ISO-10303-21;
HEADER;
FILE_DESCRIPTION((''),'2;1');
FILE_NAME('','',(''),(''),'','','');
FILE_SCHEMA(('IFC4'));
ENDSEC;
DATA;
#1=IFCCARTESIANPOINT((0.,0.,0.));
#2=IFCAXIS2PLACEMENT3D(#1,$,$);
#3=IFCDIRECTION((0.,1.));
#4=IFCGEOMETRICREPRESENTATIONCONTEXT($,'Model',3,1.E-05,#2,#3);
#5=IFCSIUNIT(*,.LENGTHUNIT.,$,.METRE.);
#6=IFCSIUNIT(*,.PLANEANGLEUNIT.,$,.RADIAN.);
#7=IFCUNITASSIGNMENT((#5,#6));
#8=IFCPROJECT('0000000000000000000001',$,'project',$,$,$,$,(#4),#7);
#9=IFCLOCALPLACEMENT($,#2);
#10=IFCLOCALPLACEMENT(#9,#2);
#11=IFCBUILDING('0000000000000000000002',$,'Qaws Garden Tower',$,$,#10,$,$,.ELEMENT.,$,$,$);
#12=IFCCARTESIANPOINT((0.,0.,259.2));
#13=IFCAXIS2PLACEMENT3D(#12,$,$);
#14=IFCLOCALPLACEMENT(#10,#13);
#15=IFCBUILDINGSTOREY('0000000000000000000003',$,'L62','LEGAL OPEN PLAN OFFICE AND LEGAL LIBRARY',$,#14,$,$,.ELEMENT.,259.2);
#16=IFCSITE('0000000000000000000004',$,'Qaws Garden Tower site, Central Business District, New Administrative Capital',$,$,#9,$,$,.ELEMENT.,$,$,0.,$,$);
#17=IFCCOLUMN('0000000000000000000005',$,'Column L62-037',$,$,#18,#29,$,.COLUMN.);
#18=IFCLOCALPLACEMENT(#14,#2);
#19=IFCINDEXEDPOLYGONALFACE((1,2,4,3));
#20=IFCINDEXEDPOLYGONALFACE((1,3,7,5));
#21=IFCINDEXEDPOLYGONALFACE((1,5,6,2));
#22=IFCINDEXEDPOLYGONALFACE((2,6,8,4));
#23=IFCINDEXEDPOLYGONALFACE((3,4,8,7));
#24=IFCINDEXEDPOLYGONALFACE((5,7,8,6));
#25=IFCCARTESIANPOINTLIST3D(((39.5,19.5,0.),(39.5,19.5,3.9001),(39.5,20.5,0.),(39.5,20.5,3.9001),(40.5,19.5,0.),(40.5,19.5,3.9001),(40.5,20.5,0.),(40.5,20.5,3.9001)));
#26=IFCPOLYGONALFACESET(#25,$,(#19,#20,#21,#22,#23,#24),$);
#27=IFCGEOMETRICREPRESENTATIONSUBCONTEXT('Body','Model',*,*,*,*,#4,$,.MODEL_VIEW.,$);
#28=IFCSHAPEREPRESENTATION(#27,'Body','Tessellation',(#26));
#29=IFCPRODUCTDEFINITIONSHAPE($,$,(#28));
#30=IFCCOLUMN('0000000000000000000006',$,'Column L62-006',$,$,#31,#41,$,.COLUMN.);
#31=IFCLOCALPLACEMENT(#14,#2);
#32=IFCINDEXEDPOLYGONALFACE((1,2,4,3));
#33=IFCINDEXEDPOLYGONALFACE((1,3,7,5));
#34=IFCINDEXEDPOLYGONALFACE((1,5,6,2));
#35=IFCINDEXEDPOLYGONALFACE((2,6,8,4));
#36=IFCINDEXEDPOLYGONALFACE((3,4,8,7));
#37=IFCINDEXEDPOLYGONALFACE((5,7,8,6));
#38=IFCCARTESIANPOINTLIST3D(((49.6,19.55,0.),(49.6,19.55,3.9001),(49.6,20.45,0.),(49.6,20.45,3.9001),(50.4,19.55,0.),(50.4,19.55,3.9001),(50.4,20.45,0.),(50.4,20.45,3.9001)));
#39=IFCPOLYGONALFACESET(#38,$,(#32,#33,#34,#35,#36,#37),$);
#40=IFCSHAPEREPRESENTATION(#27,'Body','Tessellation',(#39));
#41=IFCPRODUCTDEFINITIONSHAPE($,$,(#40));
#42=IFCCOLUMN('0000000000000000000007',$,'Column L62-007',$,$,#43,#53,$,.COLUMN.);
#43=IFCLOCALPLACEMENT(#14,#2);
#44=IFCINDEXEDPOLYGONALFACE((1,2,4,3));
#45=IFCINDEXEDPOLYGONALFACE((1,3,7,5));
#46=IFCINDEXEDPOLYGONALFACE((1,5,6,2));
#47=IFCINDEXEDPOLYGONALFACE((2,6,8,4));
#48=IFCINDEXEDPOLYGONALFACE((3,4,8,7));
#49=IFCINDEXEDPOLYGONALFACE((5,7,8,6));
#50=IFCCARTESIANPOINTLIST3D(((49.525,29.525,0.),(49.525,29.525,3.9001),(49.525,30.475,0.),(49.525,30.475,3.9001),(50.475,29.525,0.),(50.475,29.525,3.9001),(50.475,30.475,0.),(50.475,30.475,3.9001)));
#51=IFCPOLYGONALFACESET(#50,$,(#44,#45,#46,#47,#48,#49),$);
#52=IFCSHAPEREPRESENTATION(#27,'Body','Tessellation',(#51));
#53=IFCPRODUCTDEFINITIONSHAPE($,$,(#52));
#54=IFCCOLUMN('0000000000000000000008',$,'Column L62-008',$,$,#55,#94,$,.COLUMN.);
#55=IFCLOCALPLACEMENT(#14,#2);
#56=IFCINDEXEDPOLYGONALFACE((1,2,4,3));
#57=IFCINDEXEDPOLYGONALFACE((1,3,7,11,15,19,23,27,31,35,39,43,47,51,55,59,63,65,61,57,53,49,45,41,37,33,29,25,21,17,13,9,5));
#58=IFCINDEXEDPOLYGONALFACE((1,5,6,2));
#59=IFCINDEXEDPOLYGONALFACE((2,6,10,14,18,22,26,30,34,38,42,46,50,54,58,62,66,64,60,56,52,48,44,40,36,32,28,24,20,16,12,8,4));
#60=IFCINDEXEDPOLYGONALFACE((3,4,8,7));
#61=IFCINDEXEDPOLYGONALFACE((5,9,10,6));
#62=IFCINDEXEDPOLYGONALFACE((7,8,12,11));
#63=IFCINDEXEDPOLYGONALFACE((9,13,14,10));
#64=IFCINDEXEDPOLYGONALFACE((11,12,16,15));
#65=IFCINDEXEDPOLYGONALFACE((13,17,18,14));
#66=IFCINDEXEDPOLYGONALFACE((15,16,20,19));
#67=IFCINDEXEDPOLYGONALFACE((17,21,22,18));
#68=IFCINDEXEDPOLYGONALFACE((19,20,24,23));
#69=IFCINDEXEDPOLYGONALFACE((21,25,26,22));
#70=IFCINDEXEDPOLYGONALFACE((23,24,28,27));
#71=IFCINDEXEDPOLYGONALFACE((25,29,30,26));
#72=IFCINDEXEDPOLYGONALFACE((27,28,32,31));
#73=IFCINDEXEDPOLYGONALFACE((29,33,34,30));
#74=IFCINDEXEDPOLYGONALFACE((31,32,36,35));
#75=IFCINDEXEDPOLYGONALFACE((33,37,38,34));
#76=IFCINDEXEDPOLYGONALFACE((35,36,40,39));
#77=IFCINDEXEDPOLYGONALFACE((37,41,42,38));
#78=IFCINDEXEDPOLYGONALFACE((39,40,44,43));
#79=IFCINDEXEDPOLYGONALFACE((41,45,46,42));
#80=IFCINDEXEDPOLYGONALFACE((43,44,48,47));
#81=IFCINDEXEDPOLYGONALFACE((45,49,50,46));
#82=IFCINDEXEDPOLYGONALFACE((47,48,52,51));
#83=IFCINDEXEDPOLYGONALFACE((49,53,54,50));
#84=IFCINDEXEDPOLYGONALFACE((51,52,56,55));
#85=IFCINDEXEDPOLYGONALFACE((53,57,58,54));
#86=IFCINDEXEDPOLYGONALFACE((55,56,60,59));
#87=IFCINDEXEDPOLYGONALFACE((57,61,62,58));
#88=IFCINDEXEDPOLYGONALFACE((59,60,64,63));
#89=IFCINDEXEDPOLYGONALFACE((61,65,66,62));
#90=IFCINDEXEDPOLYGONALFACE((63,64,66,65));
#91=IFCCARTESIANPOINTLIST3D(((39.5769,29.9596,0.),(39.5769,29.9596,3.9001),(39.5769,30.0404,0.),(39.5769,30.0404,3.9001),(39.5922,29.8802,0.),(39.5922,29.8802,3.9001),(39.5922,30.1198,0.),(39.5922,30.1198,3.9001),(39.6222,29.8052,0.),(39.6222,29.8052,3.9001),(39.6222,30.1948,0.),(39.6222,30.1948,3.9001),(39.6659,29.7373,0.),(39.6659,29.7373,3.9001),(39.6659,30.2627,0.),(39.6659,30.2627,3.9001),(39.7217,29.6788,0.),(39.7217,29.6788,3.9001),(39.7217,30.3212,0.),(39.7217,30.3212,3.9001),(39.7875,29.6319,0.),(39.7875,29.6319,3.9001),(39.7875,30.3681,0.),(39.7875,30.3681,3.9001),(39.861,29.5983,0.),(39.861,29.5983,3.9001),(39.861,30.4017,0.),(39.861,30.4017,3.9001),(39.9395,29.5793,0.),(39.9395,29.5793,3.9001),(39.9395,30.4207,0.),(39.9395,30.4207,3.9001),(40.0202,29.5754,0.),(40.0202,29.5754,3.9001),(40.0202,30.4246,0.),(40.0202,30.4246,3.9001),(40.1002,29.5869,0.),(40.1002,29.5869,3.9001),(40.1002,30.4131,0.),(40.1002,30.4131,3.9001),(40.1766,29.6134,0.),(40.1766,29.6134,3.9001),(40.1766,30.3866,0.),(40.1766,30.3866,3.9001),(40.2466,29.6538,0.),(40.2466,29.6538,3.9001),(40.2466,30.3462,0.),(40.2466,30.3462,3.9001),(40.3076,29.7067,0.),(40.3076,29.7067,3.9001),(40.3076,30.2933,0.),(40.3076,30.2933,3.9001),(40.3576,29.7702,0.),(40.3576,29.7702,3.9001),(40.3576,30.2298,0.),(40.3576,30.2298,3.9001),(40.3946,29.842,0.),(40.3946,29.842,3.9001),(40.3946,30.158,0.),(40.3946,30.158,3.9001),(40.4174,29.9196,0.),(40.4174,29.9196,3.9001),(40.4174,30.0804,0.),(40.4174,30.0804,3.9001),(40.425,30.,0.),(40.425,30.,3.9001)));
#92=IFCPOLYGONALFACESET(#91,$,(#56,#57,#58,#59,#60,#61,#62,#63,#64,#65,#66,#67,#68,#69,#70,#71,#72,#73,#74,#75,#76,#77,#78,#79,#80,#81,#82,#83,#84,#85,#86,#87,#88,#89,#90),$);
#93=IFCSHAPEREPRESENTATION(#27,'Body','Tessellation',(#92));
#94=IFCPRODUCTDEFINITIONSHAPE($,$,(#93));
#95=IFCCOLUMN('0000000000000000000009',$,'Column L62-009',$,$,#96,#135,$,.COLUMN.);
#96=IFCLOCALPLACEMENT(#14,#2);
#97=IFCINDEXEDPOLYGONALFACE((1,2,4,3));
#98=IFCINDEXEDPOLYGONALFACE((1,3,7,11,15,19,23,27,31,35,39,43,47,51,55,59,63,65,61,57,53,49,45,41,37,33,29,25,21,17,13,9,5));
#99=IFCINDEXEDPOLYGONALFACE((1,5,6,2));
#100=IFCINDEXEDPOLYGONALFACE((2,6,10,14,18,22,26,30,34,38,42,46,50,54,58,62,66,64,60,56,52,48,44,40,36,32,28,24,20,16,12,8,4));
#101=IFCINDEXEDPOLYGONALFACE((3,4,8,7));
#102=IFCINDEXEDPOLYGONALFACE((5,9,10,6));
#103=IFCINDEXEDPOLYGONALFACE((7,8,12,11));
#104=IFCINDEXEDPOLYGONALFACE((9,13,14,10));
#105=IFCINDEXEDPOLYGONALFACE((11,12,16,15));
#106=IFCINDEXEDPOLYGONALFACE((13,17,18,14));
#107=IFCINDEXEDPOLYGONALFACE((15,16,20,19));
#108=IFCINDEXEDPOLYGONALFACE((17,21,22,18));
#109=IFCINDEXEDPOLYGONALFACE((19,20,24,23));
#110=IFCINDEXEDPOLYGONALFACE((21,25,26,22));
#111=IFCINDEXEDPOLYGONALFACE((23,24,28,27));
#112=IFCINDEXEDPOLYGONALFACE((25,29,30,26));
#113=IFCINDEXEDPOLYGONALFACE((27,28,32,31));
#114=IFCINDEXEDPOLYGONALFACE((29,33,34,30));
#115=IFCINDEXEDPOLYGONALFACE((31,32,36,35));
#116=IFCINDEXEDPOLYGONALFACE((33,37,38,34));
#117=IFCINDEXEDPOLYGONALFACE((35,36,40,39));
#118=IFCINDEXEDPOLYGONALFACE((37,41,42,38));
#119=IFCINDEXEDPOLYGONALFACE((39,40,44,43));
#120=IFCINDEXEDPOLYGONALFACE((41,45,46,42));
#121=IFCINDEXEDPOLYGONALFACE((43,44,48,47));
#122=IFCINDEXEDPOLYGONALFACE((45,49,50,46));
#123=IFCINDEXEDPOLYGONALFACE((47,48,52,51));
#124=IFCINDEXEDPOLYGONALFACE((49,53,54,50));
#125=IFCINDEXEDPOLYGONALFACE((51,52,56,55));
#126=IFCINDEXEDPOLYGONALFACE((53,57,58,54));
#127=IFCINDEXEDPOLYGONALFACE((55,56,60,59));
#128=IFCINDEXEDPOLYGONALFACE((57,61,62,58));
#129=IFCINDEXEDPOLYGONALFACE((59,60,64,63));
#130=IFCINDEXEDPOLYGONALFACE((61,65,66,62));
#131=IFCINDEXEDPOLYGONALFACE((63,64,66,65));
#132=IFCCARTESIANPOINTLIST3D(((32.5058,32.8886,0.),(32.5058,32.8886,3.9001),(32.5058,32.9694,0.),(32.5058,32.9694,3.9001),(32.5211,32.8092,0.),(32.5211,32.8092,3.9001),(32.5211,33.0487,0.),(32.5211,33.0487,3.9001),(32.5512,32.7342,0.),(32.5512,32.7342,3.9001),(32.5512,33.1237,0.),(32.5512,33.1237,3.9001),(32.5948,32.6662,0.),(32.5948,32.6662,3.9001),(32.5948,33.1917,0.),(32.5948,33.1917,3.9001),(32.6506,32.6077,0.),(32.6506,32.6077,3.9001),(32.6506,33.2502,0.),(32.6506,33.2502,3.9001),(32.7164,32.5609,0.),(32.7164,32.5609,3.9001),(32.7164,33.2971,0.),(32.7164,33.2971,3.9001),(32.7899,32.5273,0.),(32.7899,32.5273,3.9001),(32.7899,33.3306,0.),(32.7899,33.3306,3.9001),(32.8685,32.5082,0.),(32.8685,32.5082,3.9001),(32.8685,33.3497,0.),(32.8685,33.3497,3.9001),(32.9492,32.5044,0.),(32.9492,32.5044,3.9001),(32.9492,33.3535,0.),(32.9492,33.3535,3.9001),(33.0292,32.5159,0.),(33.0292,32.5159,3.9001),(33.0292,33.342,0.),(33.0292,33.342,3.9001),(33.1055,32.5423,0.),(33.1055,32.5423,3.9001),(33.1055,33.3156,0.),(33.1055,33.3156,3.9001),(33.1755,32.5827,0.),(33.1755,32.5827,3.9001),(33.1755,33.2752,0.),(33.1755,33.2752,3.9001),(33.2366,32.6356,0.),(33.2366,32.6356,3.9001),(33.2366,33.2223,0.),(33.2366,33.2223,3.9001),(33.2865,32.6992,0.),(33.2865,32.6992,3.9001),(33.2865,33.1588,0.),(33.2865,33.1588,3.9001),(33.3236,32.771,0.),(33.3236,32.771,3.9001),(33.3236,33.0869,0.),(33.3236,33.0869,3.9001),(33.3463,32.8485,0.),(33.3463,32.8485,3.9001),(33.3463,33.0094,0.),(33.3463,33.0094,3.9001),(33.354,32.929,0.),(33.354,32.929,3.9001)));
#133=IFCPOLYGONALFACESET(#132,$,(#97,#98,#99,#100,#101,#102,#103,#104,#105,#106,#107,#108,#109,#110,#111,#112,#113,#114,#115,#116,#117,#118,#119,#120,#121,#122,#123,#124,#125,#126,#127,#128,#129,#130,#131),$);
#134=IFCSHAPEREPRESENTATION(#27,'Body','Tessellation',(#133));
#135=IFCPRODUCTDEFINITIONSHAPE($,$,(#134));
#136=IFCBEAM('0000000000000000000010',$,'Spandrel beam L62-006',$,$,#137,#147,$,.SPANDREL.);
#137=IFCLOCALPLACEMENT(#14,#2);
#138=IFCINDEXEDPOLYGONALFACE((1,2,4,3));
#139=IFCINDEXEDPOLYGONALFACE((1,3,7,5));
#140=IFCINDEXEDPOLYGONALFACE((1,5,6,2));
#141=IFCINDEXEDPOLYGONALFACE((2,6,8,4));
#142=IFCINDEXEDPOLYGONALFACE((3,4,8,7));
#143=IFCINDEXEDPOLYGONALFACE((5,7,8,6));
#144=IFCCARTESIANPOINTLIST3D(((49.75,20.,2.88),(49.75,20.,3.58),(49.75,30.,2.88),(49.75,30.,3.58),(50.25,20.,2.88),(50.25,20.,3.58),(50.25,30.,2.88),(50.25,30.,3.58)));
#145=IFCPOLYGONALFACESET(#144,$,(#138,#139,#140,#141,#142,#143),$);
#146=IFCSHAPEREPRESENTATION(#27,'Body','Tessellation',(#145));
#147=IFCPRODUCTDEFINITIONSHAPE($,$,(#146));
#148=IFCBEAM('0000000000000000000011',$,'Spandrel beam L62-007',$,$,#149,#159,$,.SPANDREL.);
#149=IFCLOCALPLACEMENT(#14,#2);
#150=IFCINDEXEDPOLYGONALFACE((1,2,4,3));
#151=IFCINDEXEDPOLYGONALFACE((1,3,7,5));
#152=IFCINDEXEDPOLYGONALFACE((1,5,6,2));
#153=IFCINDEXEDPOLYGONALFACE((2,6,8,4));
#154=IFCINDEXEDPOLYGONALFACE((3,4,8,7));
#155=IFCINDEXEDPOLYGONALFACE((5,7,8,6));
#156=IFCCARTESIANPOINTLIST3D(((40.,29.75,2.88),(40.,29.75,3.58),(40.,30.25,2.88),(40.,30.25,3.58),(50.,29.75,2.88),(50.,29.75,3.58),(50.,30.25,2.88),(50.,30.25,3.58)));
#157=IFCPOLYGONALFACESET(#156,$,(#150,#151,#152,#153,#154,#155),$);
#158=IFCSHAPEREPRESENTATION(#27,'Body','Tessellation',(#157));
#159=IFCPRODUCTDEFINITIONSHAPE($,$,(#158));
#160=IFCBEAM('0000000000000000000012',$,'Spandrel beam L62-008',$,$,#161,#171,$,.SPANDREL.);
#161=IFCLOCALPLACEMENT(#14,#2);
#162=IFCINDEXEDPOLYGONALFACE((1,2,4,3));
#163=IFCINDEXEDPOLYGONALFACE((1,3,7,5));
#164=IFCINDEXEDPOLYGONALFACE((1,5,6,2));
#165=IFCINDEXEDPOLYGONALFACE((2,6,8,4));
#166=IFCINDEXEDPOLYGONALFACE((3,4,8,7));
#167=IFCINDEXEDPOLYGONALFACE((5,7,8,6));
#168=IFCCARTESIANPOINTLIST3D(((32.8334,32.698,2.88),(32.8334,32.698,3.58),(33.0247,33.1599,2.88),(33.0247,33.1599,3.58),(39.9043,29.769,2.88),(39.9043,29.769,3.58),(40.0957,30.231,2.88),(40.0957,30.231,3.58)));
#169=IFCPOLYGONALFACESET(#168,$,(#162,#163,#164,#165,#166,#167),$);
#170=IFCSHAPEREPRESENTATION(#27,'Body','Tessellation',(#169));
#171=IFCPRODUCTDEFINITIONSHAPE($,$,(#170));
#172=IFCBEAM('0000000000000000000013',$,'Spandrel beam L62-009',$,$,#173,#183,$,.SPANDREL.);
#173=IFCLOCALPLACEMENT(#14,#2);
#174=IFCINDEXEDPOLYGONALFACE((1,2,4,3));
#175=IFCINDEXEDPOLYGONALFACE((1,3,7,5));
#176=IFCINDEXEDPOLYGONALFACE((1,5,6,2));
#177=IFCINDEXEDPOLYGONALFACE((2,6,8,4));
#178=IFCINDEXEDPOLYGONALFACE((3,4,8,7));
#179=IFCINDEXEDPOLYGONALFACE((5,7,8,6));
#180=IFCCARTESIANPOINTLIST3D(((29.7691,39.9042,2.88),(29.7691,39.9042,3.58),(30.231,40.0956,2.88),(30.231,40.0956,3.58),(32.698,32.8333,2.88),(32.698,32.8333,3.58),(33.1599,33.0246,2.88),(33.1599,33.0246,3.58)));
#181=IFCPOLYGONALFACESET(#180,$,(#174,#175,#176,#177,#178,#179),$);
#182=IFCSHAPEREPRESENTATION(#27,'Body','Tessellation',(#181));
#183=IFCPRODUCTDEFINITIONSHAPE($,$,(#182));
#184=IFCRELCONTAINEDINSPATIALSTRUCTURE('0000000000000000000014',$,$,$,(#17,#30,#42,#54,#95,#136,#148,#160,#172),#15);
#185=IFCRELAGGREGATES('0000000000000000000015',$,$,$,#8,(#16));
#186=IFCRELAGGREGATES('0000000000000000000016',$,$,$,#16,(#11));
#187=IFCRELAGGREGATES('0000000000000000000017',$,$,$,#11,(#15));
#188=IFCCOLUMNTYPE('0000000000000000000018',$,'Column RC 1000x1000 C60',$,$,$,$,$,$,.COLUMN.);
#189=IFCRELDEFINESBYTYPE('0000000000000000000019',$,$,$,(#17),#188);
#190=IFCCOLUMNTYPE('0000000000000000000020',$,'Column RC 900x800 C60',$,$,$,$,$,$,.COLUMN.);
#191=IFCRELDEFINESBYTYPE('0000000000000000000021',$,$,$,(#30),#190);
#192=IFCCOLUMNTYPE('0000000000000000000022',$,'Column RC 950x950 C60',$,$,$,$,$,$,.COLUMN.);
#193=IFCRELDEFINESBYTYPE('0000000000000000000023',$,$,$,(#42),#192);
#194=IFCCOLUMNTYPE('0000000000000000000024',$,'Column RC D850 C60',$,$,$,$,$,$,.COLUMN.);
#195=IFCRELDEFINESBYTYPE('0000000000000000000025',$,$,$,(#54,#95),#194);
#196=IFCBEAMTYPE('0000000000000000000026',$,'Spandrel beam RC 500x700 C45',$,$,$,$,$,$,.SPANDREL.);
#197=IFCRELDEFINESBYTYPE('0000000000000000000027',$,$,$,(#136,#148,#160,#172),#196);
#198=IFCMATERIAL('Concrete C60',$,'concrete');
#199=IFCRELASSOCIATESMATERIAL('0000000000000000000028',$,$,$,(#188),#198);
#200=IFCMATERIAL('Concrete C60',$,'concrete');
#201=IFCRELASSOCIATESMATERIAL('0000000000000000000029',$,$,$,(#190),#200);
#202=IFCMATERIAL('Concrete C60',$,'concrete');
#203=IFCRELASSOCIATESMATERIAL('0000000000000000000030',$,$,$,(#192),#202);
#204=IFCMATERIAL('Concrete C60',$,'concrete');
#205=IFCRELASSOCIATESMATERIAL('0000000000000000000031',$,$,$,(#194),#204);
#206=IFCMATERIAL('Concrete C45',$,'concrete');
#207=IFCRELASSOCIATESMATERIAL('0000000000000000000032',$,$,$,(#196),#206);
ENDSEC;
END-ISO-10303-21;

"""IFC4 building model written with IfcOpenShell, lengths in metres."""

from ifc_helpers import new_model, si_unit, direction, frame, origin, origin_2d, place, context, subcontext, project, spatial, rectangle, circle, extrude, material, material_profile, profile_set, type_object, element, save


model = new_model("IFC4")

# Units and contexts
model_context = context("Model", 3, precision=1e-05, world=origin(), true_north=direction((0.0, 1.0)))
body_context = subcontext(model_context, "Body", "Model", "MODEL_VIEW")
ifc_project = project(units=[si_unit("LENGTHUNIT", "METRE"), si_unit("PLANEANGLEUNIT", "RADIAN")], contexts=[model_context])

# Site, building, storey
site_placement = place(None, origin())
site = spatial("IfcSite", under=ifc_project, at=site_placement, Name="Qaws Garden Tower site, Central Business District, New Administrative Capital", CompositionType="ELEMENT", RefElevation=0.0)
building_placement = place(site_placement, origin())
building = spatial("IfcBuilding", under=site, at=building_placement, Name="Qaws Garden Tower", CompositionType="ELEMENT")
storey_placement = place(building_placement, frame((0.0, 0.0, 259.2)))
storey = spatial("IfcBuildingStorey", under=building, at=storey_placement, Name="L62", Description="LEGAL OPEN PLAN OFFICE AND LEGAL LIBRARY", CompositionType="ELEMENT", Elevation=259.2)

# Columns
ifc_material_1 = material(Name="Concrete C60", Category="concrete")
ifc_material_profile_1 = material_profile(ifc_material_1, rectangle(XDim=1.0, YDim=1.0, at=origin_2d()), Name="RC 1000x1000")
ifc_profile_set_1 = profile_set([ifc_material_profile_1], Name="Concrete C60")
column_type_1 = type_object("IfcColumnType", Name="Column RC 1000x1000 C60", PredefinedType="COLUMN", material=ifc_profile_set_1)
column_1_placement = place(storey_placement, frame((40.0, 20.0, 0.0), z_axis=(0.0, 0.0, 1.0), x_axis=(1.0, 0.0, 0.0)))
element("IfcColumn", 1, at=column_1_placement, inside=storey, type_object=column_type_1, Name="Column L62-037", PredefinedType="COLUMN", context=body_context, shape_type="SweptSolid", body=[
    extrude(rectangle(XDim=1.0, YDim=1.0, at=origin_2d()), origin(), (0.0, 0.0, 1.0), 3.9001),
])
ifc_material_2 = material(Name="Concrete C60", Category="concrete")
ifc_material_profile_2 = material_profile(ifc_material_2, rectangle(XDim=0.8999, YDim=0.8, at=origin_2d()), Name="RC 900x800")
ifc_profile_set_2 = profile_set([ifc_material_profile_2], Name="Concrete C60")
column_type_2 = type_object("IfcColumnType", Name="Column RC 900x800 C60", PredefinedType="COLUMN", material=ifc_profile_set_2)
column_2_placement = place(storey_placement, frame((50.0, 20.0, 0.0), z_axis=(0.0, 0.0, 1.0), x_axis=(0.0, 1.0, 0.0)))
element("IfcColumn", 2, at=column_2_placement, inside=storey, type_object=column_type_2, Name="Column L62-006", PredefinedType="COLUMN", context=body_context, shape_type="SweptSolid", body=[
    extrude(rectangle(XDim=0.8999, YDim=0.8, at=origin_2d()), origin(), (0.0, 0.0, 1.0), 3.9001),
])
ifc_material_3 = material(Name="Concrete C60", Category="concrete")
ifc_material_profile_3 = material_profile(ifc_material_3, rectangle(XDim=0.95, YDim=0.95, at=origin_2d()), Name="RC 950x950")
ifc_profile_set_3 = profile_set([ifc_material_profile_3], Name="Concrete C60")
column_type_3 = type_object("IfcColumnType", Name="Column RC 950x950 C60", PredefinedType="COLUMN", material=ifc_profile_set_3)
column_3_placement = place(storey_placement, frame((50.0, 30.0, 0.0), z_axis=(0.0, 0.0, 1.0), x_axis=(1.0, 0.0, 0.0)))
element("IfcColumn", 3, at=column_3_placement, inside=storey, type_object=column_type_3, Name="Column L62-007", PredefinedType="COLUMN", context=body_context, shape_type="SweptSolid", body=[
    extrude(rectangle(XDim=0.95, YDim=0.95, at=origin_2d()), origin(), (0.0, 0.0, 1.0), 3.9001),
])
ifc_material_4 = material(Name="Concrete C60", Category="concrete")
ifc_material_profile_4 = material_profile(ifc_material_4, circle(Radius=0.425, at=origin_2d()), Name="RC D850")
ifc_profile_set_4 = profile_set([ifc_material_profile_4], Name="Concrete C60")
column_type_4 = type_object("IfcColumnType", Name="Column RC D850 C60", PredefinedType="COLUMN", material=ifc_profile_set_4)
for number, where, z_axis, x_axis, name in (
    (4, (40.0, 30.0, 0.0), (0.0, 0.0, 1.0), (1.0, 0.0, 0.0), "Column L62-008"),
    (5, (32.929, 32.929, 0.0), (0.0, 0.0, 1.0), (1.0, 0.0, 0.0), "Column L62-009"),
):
    element("IfcColumn", number, at=place(storey_placement, frame(where, z_axis=z_axis, x_axis=x_axis)), inside=storey, type_object=column_type_4, Name=name, PredefinedType="COLUMN", context=body_context, shape_type="SweptSolid", body=[
        extrude(circle(Radius=0.425, at=origin_2d()), origin(), (0.0, 0.0, 1.0), 3.9001),
    ])

# Beams
ifc_material_5 = material(Name="Concrete C45", Category="concrete")
ifc_material_profile_5 = material_profile(ifc_material_5, rectangle(XDim=0.5, YDim=0.7, at=origin_2d()), Name="RC 500x700")
ifc_profile_set_5 = profile_set([ifc_material_profile_5], Name="Concrete C45")
beam_type = type_object("IfcBeamType", Name="Spandrel beam RC 500x700 C45", PredefinedType="SPANDREL", material=ifc_profile_set_5)
for number, where, z_axis, x_axis, name in (
    (6, (50.0, 20.0, 3.23), (0.0, 1.0, 0.0), (-1.0, 0.0, 0.0), "Spandrel beam L62-006"),
    (7, (50.0, 30.0, 3.23), (-1.0, 0.0, 0.0), (0.0, -1.0, 0.0), "Spandrel beam L62-007"),
):
    element("IfcBeam", number, at=place(storey_placement, frame(where, z_axis=z_axis, x_axis=x_axis)), inside=storey, type_object=beam_type, Name=name, PredefinedType="SPANDREL", context=body_context, shape_type="SweptSolid", body=[
        extrude(rectangle(XDim=0.5, YDim=0.7, at=origin_2d()), origin(), (0.0, 0.0, 1.0), 10.0),
    ])
for number, where, z_axis, x_axis, name in (
    (8, (40.0, 30.0, 3.23), (-0.923878, 0.382687, 0.0), (-0.382687, -0.923878, 0.0), "Spandrel beam L62-008"),
    (9, (32.929, 32.929, 3.23), (-0.382687, 0.923878, 0.0), (-0.923878, -0.382687, 0.0), "Spandrel beam L62-009"),
):
    element("IfcBeam", number, at=place(storey_placement, frame(where, z_axis=z_axis, x_axis=x_axis)), inside=storey, type_object=beam_type, Name=name, PredefinedType="SPANDREL", context=body_context, shape_type="SweptSolid", body=[
        extrude(rectangle(XDim=0.5, YDim=0.7, at=origin_2d()), origin(), (0.0, 0.0, 1.0), 7.6536),
    ])

save(model, "model.ifc")
